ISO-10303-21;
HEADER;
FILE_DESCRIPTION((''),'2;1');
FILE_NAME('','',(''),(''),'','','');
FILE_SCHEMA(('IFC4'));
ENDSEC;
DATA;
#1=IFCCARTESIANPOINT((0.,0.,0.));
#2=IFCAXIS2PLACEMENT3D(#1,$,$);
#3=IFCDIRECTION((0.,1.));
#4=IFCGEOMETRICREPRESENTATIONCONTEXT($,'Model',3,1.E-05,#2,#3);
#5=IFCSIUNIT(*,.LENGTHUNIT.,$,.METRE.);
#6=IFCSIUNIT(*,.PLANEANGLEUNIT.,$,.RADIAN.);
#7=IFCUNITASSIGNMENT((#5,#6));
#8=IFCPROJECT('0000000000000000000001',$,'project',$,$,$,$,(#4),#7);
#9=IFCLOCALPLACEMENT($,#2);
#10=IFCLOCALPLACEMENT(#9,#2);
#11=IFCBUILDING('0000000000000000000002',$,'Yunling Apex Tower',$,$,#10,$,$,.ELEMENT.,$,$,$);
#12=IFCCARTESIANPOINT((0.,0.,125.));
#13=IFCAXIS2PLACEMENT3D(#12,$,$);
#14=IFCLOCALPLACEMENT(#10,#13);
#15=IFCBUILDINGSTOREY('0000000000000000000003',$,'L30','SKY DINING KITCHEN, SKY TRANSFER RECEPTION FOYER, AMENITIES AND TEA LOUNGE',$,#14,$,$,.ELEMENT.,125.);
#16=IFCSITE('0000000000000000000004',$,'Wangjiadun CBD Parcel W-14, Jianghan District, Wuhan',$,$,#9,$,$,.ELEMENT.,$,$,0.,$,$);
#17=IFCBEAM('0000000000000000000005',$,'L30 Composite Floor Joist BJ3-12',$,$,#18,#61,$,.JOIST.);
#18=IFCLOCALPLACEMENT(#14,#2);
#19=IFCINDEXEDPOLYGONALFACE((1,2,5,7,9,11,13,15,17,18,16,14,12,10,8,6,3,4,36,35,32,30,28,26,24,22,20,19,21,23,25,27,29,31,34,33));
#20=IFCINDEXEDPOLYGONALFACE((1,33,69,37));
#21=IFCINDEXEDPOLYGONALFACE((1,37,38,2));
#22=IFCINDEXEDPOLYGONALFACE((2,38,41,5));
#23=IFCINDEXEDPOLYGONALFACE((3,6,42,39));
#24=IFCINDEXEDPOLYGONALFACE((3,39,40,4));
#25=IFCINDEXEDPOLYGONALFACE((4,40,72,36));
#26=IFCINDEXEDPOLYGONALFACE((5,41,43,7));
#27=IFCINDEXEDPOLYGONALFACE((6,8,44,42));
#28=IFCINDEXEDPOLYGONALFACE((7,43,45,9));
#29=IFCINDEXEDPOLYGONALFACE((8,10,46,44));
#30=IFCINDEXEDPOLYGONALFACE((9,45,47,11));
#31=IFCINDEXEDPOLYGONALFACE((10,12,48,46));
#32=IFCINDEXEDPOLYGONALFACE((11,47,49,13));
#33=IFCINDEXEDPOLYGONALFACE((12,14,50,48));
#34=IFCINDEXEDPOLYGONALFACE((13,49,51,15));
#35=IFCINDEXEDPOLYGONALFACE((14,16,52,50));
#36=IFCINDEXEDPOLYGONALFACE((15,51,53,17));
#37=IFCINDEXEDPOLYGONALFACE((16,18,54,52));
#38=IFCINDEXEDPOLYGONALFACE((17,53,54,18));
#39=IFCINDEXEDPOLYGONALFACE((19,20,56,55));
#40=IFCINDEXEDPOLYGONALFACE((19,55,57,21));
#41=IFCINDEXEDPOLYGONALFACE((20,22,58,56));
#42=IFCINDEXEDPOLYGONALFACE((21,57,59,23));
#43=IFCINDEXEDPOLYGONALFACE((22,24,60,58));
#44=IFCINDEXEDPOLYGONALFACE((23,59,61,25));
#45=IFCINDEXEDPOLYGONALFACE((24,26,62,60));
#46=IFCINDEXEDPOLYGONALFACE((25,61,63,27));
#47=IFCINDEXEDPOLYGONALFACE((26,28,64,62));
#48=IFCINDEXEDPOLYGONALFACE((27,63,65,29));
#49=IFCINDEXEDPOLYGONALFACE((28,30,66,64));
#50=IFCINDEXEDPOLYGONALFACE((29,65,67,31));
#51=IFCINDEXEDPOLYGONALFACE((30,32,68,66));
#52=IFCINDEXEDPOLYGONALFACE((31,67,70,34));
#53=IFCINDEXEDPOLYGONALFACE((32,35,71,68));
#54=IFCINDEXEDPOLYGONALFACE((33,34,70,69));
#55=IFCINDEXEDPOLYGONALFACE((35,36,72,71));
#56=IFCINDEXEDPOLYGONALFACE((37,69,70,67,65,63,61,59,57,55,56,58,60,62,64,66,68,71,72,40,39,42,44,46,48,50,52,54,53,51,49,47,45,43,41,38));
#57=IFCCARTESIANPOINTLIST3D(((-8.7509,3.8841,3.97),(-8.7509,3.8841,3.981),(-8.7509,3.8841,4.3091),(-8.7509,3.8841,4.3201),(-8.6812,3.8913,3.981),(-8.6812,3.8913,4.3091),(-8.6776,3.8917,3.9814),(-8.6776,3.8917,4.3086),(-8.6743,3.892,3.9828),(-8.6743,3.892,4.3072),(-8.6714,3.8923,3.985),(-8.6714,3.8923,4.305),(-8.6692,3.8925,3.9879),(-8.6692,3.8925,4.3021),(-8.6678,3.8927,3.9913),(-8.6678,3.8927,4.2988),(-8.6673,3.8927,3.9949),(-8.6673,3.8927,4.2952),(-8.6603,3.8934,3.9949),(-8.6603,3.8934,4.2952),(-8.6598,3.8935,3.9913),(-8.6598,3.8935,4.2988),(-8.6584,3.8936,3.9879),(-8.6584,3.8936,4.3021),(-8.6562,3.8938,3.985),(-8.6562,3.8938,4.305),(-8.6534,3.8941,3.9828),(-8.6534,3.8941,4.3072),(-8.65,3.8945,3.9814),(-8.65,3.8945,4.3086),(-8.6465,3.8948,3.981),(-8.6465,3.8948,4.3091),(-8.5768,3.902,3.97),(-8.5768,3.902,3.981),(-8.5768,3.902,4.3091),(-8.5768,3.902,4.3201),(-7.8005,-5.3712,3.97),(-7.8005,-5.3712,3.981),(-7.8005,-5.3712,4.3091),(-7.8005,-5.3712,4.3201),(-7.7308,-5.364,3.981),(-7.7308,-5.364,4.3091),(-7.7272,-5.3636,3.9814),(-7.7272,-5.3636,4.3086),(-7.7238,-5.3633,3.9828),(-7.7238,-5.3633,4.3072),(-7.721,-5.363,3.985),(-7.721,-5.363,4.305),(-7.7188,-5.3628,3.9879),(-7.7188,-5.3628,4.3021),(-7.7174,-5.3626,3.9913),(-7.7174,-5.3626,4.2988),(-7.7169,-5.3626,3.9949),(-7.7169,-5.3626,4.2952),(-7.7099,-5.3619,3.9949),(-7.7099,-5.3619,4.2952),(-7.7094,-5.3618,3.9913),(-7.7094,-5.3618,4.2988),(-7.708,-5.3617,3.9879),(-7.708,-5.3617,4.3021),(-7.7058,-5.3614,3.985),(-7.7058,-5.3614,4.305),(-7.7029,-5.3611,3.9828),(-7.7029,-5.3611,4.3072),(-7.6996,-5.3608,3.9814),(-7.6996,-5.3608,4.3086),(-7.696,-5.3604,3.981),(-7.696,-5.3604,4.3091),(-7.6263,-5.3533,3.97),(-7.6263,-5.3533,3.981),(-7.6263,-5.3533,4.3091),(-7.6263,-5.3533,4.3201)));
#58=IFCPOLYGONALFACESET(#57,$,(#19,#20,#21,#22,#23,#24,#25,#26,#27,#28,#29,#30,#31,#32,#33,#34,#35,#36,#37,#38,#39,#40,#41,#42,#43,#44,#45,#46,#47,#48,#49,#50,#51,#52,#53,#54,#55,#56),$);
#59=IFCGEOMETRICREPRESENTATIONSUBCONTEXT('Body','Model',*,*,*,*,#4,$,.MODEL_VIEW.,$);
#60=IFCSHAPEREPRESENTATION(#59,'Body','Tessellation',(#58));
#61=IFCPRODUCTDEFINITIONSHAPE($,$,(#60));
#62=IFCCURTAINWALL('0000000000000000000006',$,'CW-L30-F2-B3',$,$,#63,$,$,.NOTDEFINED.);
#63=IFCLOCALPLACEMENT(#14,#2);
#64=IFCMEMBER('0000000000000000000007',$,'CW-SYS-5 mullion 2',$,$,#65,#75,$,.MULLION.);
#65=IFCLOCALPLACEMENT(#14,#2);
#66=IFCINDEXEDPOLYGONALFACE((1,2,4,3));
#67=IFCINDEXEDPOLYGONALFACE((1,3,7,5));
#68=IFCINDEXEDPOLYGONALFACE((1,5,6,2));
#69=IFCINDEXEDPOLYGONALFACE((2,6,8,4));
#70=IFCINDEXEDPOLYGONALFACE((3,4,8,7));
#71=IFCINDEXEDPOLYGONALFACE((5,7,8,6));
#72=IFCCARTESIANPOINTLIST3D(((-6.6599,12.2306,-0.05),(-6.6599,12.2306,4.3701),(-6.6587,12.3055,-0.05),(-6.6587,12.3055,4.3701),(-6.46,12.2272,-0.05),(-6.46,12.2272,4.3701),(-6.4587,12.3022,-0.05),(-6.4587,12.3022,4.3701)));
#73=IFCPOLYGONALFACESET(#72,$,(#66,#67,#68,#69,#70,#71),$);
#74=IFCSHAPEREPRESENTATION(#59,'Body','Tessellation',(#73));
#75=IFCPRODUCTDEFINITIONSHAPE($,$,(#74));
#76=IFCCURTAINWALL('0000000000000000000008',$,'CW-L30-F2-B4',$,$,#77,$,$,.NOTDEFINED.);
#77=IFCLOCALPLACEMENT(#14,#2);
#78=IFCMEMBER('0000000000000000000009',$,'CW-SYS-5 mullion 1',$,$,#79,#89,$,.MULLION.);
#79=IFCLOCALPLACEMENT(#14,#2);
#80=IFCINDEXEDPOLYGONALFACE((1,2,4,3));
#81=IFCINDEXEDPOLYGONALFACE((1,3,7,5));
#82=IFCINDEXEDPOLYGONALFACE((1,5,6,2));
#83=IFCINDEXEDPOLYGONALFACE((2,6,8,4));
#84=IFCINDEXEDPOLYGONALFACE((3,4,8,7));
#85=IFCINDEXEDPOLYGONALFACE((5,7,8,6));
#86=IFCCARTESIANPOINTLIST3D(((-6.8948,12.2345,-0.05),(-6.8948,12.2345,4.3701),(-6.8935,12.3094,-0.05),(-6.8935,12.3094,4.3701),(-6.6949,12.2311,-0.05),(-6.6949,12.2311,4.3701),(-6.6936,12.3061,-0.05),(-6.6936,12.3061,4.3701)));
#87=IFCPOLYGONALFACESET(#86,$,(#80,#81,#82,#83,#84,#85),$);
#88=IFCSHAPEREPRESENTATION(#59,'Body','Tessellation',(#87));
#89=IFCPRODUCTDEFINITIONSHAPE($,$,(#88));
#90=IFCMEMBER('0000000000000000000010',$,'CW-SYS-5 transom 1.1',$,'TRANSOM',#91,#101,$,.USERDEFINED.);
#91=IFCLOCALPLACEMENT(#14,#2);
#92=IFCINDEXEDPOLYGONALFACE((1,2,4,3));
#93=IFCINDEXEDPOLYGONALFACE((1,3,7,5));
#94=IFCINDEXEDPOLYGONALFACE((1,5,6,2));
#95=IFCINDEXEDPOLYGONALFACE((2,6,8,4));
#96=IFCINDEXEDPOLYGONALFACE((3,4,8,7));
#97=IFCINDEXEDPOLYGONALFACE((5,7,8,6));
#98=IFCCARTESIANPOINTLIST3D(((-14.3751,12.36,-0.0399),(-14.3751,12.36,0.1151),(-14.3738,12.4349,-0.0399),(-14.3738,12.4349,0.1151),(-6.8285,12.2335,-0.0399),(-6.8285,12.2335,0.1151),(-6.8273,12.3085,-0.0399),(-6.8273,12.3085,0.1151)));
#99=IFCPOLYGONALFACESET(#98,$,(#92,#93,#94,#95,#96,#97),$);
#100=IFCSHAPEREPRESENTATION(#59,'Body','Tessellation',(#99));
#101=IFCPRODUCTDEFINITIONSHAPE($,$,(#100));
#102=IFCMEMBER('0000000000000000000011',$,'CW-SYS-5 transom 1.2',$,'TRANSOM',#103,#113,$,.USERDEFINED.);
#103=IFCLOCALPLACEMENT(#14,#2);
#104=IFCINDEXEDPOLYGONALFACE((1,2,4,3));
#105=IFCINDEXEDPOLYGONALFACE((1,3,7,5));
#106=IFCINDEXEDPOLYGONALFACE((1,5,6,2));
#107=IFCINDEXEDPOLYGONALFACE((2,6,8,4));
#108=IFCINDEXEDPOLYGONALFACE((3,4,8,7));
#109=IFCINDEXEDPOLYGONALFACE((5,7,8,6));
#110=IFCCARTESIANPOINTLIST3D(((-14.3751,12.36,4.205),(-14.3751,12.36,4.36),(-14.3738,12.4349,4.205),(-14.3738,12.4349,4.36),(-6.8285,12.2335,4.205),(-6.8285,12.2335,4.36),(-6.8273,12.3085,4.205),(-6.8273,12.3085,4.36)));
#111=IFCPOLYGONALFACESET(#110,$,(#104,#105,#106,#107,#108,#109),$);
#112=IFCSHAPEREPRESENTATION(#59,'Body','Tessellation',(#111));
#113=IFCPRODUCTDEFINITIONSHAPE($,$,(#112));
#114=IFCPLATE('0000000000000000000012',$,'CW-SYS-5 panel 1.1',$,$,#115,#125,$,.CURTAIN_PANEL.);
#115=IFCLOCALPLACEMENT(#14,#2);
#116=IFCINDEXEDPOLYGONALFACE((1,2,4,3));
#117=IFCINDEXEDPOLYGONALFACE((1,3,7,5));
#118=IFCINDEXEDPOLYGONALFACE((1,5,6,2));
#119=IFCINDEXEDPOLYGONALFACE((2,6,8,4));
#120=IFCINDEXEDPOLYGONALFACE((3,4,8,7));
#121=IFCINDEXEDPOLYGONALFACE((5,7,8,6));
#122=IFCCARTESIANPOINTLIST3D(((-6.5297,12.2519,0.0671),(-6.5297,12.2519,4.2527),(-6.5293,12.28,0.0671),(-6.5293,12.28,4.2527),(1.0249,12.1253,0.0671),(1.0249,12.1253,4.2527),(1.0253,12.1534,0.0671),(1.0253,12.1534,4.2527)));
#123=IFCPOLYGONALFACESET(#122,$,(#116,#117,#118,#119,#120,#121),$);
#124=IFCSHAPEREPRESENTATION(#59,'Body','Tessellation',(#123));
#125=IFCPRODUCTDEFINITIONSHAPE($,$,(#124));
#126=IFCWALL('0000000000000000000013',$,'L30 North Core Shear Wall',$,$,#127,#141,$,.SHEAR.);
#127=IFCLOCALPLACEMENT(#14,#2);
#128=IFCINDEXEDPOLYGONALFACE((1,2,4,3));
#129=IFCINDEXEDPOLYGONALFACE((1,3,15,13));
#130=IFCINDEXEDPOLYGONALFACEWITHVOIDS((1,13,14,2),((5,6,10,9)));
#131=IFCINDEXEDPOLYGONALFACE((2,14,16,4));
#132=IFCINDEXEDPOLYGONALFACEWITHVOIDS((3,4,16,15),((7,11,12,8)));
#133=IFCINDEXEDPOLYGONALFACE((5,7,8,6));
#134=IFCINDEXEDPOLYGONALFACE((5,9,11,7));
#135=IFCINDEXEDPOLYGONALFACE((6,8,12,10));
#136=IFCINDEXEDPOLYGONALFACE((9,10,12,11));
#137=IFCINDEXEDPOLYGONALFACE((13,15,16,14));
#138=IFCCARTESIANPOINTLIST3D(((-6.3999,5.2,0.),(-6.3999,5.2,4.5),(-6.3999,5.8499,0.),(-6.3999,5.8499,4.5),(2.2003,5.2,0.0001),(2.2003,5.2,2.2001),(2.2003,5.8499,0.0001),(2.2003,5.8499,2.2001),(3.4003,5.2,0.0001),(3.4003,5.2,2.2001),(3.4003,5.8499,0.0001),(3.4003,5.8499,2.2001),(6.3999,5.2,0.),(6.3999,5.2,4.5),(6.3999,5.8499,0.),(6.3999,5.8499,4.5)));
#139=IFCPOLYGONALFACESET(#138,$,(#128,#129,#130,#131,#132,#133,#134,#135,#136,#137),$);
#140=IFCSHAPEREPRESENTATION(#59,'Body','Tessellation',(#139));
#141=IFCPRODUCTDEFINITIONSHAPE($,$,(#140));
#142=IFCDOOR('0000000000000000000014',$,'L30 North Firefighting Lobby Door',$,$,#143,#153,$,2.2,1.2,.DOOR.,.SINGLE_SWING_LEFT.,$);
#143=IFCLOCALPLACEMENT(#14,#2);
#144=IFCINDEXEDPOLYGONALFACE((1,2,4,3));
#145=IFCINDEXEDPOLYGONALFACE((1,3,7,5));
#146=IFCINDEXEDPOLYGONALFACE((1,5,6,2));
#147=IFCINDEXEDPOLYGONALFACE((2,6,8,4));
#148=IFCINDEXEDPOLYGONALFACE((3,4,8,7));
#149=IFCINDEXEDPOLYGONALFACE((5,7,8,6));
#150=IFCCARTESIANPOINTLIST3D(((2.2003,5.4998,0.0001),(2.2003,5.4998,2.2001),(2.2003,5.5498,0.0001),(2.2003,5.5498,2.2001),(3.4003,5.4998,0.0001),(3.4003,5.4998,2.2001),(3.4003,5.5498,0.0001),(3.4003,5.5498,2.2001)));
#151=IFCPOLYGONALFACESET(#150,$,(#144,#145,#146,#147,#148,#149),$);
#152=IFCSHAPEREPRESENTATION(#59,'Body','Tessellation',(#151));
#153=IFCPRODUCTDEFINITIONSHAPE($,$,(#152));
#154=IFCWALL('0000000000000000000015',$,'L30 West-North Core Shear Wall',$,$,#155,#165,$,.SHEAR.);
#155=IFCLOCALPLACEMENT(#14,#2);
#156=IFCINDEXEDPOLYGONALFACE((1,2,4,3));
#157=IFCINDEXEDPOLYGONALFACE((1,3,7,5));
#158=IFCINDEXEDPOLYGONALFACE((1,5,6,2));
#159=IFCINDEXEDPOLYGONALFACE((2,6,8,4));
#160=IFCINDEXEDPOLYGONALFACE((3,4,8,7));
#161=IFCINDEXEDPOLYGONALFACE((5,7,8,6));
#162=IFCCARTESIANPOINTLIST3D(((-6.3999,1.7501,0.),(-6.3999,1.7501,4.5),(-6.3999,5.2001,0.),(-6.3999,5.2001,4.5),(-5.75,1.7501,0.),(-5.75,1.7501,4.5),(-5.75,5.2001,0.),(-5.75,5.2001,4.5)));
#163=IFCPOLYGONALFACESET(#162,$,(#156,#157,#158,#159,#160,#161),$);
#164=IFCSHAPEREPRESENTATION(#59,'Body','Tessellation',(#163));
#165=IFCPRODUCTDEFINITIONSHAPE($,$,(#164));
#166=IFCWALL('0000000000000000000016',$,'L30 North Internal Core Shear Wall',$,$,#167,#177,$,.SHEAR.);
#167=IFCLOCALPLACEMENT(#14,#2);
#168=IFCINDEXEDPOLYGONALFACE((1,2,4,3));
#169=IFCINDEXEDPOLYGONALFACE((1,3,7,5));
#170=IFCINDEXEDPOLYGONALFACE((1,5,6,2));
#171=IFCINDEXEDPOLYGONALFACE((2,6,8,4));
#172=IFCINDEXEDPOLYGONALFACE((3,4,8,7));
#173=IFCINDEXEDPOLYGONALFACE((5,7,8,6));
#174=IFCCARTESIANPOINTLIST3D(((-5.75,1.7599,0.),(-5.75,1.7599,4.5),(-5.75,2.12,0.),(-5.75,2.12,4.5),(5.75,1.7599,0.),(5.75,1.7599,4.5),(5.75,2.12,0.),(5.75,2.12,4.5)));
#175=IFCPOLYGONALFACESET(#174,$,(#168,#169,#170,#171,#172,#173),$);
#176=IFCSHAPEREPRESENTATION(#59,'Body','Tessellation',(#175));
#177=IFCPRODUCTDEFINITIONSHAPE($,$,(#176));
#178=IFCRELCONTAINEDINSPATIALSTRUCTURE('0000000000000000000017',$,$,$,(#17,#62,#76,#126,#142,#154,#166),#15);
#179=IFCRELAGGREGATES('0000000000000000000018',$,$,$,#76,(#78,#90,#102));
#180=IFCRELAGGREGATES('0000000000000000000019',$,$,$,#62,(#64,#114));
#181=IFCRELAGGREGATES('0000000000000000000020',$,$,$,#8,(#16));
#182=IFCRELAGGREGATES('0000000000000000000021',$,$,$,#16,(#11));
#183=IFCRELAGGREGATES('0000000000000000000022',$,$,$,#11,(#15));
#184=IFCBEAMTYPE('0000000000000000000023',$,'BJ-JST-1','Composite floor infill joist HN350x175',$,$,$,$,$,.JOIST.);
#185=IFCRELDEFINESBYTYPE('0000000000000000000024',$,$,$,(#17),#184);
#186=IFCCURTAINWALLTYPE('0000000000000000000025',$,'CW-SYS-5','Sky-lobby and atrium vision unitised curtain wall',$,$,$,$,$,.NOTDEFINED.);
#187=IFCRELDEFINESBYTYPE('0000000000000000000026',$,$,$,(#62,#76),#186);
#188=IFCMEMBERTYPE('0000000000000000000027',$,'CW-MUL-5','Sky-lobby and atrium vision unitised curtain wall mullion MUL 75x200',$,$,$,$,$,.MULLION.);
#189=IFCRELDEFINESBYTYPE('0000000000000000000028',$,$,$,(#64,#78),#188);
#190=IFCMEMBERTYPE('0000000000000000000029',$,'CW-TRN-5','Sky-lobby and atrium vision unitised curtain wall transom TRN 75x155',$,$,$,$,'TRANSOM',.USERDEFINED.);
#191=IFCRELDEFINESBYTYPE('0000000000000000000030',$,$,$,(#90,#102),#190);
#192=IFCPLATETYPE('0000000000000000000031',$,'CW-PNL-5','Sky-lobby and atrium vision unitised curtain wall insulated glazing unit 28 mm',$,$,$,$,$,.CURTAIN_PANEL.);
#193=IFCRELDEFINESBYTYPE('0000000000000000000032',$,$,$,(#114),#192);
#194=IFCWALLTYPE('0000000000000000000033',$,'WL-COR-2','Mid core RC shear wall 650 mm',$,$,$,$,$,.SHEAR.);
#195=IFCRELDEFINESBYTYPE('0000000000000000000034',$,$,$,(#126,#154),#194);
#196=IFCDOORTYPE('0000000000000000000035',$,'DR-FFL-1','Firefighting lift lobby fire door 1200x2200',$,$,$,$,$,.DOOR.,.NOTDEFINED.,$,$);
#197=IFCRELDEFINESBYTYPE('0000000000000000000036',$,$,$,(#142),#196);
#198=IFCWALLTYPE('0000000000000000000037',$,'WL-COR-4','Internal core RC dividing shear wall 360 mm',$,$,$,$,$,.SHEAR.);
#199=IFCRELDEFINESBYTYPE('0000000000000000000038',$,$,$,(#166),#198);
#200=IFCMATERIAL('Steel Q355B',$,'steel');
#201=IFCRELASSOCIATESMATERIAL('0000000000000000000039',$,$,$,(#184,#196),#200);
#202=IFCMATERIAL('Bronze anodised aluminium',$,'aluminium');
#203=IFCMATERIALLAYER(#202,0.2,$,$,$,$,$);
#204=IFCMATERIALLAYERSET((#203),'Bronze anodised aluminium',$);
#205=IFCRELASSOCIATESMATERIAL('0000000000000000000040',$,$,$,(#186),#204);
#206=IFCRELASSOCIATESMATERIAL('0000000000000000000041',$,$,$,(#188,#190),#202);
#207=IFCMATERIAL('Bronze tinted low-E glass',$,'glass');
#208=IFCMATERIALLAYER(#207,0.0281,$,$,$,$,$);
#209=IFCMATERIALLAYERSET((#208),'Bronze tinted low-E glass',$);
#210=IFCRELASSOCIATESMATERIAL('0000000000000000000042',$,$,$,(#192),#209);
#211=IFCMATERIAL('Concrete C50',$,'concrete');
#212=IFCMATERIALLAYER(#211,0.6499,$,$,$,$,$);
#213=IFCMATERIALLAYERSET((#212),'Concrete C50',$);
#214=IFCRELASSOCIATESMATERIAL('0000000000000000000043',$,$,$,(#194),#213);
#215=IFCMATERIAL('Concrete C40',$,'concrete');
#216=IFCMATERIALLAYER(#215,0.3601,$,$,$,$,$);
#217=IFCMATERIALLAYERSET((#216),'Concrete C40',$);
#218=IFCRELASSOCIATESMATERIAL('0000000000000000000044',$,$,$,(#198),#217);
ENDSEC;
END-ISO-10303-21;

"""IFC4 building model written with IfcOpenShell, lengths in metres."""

from ifc_helpers import new_model, si_unit, direction, frame, frame_2d, origin, origin_2d, place, context, subcontext, project, spatial, rectangle, i_section, extrude, source, transform, mapped, material, layer, layer_set, material_profile, profile_set, type_object, element, fill, aggregate, save


model = new_model("IFC4")

# Units and contexts
model_context = context("Model", 3, precision=1e-05, world=origin(), true_north=direction((0.0, 1.0)))
body_context = subcontext(model_context, "Body", "Model", "MODEL_VIEW")
ifc_project = project(units=[si_unit("LENGTHUNIT", "METRE"), si_unit("PLANEANGLEUNIT", "RADIAN")], contexts=[model_context])

# Site, building, storey
site_placement = place(None, origin())
site = spatial("IfcSite", under=ifc_project, at=site_placement, Name="Wangjiadun CBD Parcel W-14, Jianghan District, Wuhan", CompositionType="ELEMENT", RefElevation=0.0)
building_placement = place(site_placement, origin())
building = spatial("IfcBuilding", under=site, at=building_placement, Name="Yunling Apex Tower", CompositionType="ELEMENT")
storey_placement = place(building_placement, frame((0.0, 0.0, 125.0)))
storey = spatial("IfcBuildingStorey", under=building, at=storey_placement, Name="L30", Description="SKY DINING KITCHEN, SKY TRANSFER RECEPTION FOYER, AMENITIES AND TEA LOUNGE", CompositionType="ELEMENT", Elevation=125.0)

# Shared definitions
ifc_material_1 = material(Name="Concrete C50", Category="concrete")

# Beam
ifc_material_2 = material(Name="Steel Q355B", Category="steel")
ifc_material_profile_1 = material_profile(ifc_material_2, i_section(OverallWidth=0.175, OverallDepth=0.3501, WebThickness=0.0071, FlangeThickness=0.011, FilletRadius=0.0139, at=origin_2d()))
ifc_profile_set_1 = profile_set([ifc_material_profile_1], Name="Steel Q355B")
beam_type_1 = type_object("IfcBeamType", Name="BJ-JST-1", Description="Composite floor infill joist HN350x175", PredefinedType="JOIST", material=ifc_profile_set_1)
shared_shape_1 = source(origin(), body_context, "Body", "SweptSolid", [
    extrude(i_section(OverallWidth=0.175, OverallDepth=0.3501, WebThickness=0.0071, FlangeThickness=0.011, FilletRadius=0.0139, at=origin_2d()), origin(), (0.0, 0.0, 1.0), 9.304),
])
beam_1_placement = place(storey_placement, frame((-8.6638, 3.8931, 4.145), z_axis=(0.102153, -0.994769, 0.0), x_axis=(0.994769, 0.102153, 0.0)))
element("IfcBeam", 1, at=beam_1_placement, inside=storey, type_object=beam_type_1, Name="L30 Composite Floor Joist BJ3-12", PredefinedType="JOIST", context=body_context, shape_type="MappedRepresentation", body=[
    mapped(shared_shape_1, transform((0.0, 0.0, 0.0), scale=1.0)),
])

# Curtain wall, member
ifc_material_3 = material(Name="Bronze anodised aluminium", Category="aluminium")
ifc_layer_1 = layer(ifc_material_3, 0.2)
ifc_layer_set_1 = layer_set([ifc_layer_1], Name="Bronze anodised aluminium")
curtain_wall_type = type_object("IfcCurtainWallType", Name="CW-SYS-5", Description="Sky-lobby and atrium vision unitised curtain wall", PredefinedType="NOTDEFINED", material=ifc_layer_set_1)
curtain_wall_1_placement = place(storey_placement, origin())
curtain_wall_1 = element("IfcCurtainWall", 2, at=curtain_wall_1_placement, inside=storey, type_object=curtain_wall_type, Name="CW-L30-F2-B3", PredefinedType="NOTDEFINED")
ifc_material_profile_2 = material_profile(ifc_material_3, rectangle(XDim=0.075, YDim=0.2, at=origin_2d()))
ifc_profile_set_2 = profile_set([ifc_material_profile_2], Name="Bronze anodised aluminium")
member_type_1 = type_object("IfcMemberType", Name="CW-MUL-5", Description="Sky-lobby and atrium vision unitised curtain wall mullion MUL 75x200", PredefinedType="MULLION", material=ifc_profile_set_2)
shared_shape_2 = source(origin(), body_context, "Body", "SweptSolid", [
    extrude(rectangle(XDim=0.075, YDim=0.2, at=origin_2d()), origin(), (0.0, 0.0, 1.0), 4.4202),
])
member_1_placement = place(storey_placement, frame((-6.5593, 12.2664, -0.05), z_axis=(0.0, 0.0, 1.0), x_axis=(-0.016762, -0.99986, 0.0)))
member_1 = element("IfcMember", 3, at=member_1_placement, type_object=member_type_1, Name="CW-SYS-5 mullion 2", PredefinedType="MULLION", context=body_context, shape_type="MappedRepresentation", body=[
    mapped(shared_shape_2, transform((0.0, 0.0, 0.0), scale=1.0)),
])

# Curtain wall, members
curtain_wall_2_placement = place(storey_placement, origin())
curtain_wall_2 = element("IfcCurtainWall", 4, at=curtain_wall_2_placement, inside=storey, type_object=curtain_wall_type, Name="CW-L30-F2-B4", PredefinedType="NOTDEFINED")
member_2_placement = place(storey_placement, frame((-6.7942, 12.2703, -0.05), z_axis=(0.0, 0.0, 1.0), x_axis=(-0.016762, -0.99986, 0.0)))
member_2 = element("IfcMember", 5, at=member_2_placement, type_object=member_type_1, Name="CW-SYS-5 mullion 1", PredefinedType="MULLION", context=body_context, shape_type="MappedRepresentation", body=[
    mapped(shared_shape_2, transform((0.0, 0.0, 0.0), scale=1.0)),
])
ifc_material_profile_3 = material_profile(ifc_material_3, rectangle(XDim=0.075, YDim=0.155, at=origin_2d()))
ifc_profile_set_3 = profile_set([ifc_material_profile_3], Name="Bronze anodised aluminium")
member_type_2 = type_object("IfcMemberType", Name="CW-TRN-5", Description="Sky-lobby and atrium vision unitised curtain wall transom TRN 75x155", ElementType="TRANSOM", PredefinedType="USERDEFINED", material=ifc_profile_set_3)
shared_shape_3 = source(origin(), body_context, "Body", "SweptSolid", [
    extrude(rectangle(XDim=0.075, YDim=0.155, at=origin_2d()), origin(), (0.0, 0.0, 1.0), 7.5476),
])
member_3_placement = place(storey_placement, frame((-6.8279, 12.271, 0.0376), z_axis=(-0.99986, 0.016755, 0.0), x_axis=(-0.016755, -0.99986, 0.0)))
member_3 = element("IfcMember", 6, at=member_3_placement, type_object=member_type_2, Name="CW-SYS-5 transom 1.1", ObjectType="TRANSOM", PredefinedType="USERDEFINED", context=body_context, shape_type="MappedRepresentation", body=[
    mapped(shared_shape_3, transform((0.0, 0.0, 0.0), scale=1.0)),
])
member_4_placement = place(storey_placement, frame((-6.8279, 12.271, 4.2825), z_axis=(-0.99986, 0.016755, 0.0), x_axis=(-0.016755, -0.99986, 0.0)))
member_4 = element("IfcMember", 7, at=member_4_placement, type_object=member_type_2, Name="CW-SYS-5 transom 1.2", ObjectType="TRANSOM", PredefinedType="USERDEFINED", context=body_context, shape_type="MappedRepresentation", body=[
    mapped(shared_shape_3, transform((0.0, 0.0, 0.0), scale=1.0)),
])
aggregate(curtain_wall_2, [member_2, member_3, member_4])

# Plate
ifc_material_4 = material(Name="Bronze tinted low-E glass", Category="glass")
ifc_layer_2 = layer(ifc_material_4, 0.0281)
ifc_layer_set_2 = layer_set([ifc_layer_2], Name="Bronze tinted low-E glass")
plate_type = type_object("IfcPlateType", Name="CW-PNL-5", Description="Sky-lobby and atrium vision unitised curtain wall insulated glazing unit 28 mm", PredefinedType="CURTAIN_PANEL", material=ifc_layer_set_2)
shared_shape_4 = source(origin(), body_context, "Body", "SweptSolid", [
    extrude(rectangle(XDim=7.5557, YDim=0.0281, at=origin_2d()), origin(), (0.0, 0.0, 1.0), 4.1855),
])
plate_placement = place(storey_placement, frame((-2.7522, 12.2026, 0.0671), z_axis=(0.0, 0.0, 1.0), x_axis=(-0.99986, 0.016762, 0.0)))
plate = element("IfcPlate", 8, at=plate_placement, type_object=plate_type, Name="CW-SYS-5 panel 1.1", PredefinedType="CURTAIN_PANEL", context=body_context, shape_type="MappedRepresentation", body=[
    mapped(shared_shape_4, transform((0.0, 0.0, 0.0), scale=1.0)),
])
aggregate(curtain_wall_1, [member_1, plate])

# Wall, opening, door
ifc_layer_3 = layer(ifc_material_1, 0.6499)
ifc_layer_set_3 = layer_set([ifc_layer_3], Name="Concrete C50")
wall_type_1 = type_object("IfcWallType", Name="WL-COR-2", Description="Mid core RC shear wall 650 mm", PredefinedType="SHEAR", material=ifc_layer_set_3)
wall_1_placement = place(storey_placement, frame((-6.3999, 5.5249, 0.0), z_axis=(0.0, 0.0, 1.0), x_axis=(1.0, 0.0, 0.0)))
wall_1 = element("IfcWall", 9, at=wall_1_placement, inside=storey, type_object=wall_type_1, Name="L30 North Core Shear Wall", PredefinedType="SHEAR", context=body_context, shape_type="SweptSolid", body=[
    extrude(rectangle(XDim=12.7998, YDim=0.6499, at=frame_2d((6.3999, 0.0))), origin(), (0.0, 0.0, 1.0), 4.5),
])
opening_1_placement = place(wall_1_placement, frame((8.6001, 0.0, 0.0)))
opening_1 = element("IfcOpeningElement", 10, at=opening_1_placement, cuts=wall_1, PredefinedType="OPENING", context=body_context, shape_type="SweptSolid", body=[
    extrude(rectangle(XDim=1.2, YDim=2.2, at=frame_2d((0.6001, 1.1001))), frame((0.0, 0.335, 0.0), z_axis=(0.0, -1.0, 0.0), x_axis=(1.0, 0.0, 0.0)), (0.0, 0.0, 1.0), 0.6699),
])
door_type_1 = type_object("IfcDoorType", Name="DR-FFL-1", Description="Firefighting lift lobby fire door 1200x2200", OperationType="NOTDEFINED", PredefinedType="DOOR", material=ifc_material_2)
door_1_placement = place(opening_1_placement, origin())
door_1 = element("IfcDoor", 11, at=door_1_placement, inside=storey, type_object=door_type_1, Name="L30 North Firefighting Lobby Door", OperationType="SINGLE_SWING_LEFT", OverallHeight=2.2, OverallWidth=1.2, PredefinedType="DOOR", context=body_context, shape_type="SweptSolid", body=[
    extrude(rectangle(XDim=1.2, YDim=2.2, at=frame_2d((0.6001, 1.1001))), frame((0.0, 0.0249, 0.0), z_axis=(0.0, -1.0, 0.0), x_axis=(1.0, 0.0, 0.0)), (0.0, 0.0, 1.0), 0.05),
])
fill(opening_1, door_1)

# Walls
wall_2_placement = place(storey_placement, frame((-6.075, 1.75, 0.0), z_axis=(0.0, 0.0, 1.0), x_axis=(0.0, 1.0, 0.0)))
element("IfcWall", 12, at=wall_2_placement, inside=storey, type_object=wall_type_1, Name="L30 West-North Core Shear Wall", PredefinedType="SHEAR", context=body_context, shape_type="SweptSolid", body=[
    extrude(rectangle(XDim=3.45, YDim=0.6499, at=frame_2d((1.7251, 0.0))), origin(), (0.0, 0.0, 1.0), 4.5),
])
ifc_material_5 = material(Name="Concrete C40", Category="concrete")
ifc_layer_4 = layer(ifc_material_5, 0.3601)
ifc_layer_set_4 = layer_set([ifc_layer_4], Name="Concrete C40")
wall_type_2 = type_object("IfcWallType", Name="WL-COR-4", Description="Internal core RC dividing shear wall 360 mm", PredefinedType="SHEAR", material=ifc_layer_set_4)
wall_3_placement = place(storey_placement, frame((-5.75, 1.9399, 0.0), z_axis=(0.0, 0.0, 1.0), x_axis=(1.0, 0.0, 0.0)))
element("IfcWall", 13, at=wall_3_placement, inside=storey, type_object=wall_type_2, Name="L30 North Internal Core Shear Wall", PredefinedType="SHEAR", context=body_context, shape_type="SweptSolid", body=[
    extrude(rectangle(XDim=11.5, YDim=0.3601, at=frame_2d((5.75, 0.0))), origin(), (0.0, 0.0, 1.0), 4.5),
])

save(model, "model.ifc")
